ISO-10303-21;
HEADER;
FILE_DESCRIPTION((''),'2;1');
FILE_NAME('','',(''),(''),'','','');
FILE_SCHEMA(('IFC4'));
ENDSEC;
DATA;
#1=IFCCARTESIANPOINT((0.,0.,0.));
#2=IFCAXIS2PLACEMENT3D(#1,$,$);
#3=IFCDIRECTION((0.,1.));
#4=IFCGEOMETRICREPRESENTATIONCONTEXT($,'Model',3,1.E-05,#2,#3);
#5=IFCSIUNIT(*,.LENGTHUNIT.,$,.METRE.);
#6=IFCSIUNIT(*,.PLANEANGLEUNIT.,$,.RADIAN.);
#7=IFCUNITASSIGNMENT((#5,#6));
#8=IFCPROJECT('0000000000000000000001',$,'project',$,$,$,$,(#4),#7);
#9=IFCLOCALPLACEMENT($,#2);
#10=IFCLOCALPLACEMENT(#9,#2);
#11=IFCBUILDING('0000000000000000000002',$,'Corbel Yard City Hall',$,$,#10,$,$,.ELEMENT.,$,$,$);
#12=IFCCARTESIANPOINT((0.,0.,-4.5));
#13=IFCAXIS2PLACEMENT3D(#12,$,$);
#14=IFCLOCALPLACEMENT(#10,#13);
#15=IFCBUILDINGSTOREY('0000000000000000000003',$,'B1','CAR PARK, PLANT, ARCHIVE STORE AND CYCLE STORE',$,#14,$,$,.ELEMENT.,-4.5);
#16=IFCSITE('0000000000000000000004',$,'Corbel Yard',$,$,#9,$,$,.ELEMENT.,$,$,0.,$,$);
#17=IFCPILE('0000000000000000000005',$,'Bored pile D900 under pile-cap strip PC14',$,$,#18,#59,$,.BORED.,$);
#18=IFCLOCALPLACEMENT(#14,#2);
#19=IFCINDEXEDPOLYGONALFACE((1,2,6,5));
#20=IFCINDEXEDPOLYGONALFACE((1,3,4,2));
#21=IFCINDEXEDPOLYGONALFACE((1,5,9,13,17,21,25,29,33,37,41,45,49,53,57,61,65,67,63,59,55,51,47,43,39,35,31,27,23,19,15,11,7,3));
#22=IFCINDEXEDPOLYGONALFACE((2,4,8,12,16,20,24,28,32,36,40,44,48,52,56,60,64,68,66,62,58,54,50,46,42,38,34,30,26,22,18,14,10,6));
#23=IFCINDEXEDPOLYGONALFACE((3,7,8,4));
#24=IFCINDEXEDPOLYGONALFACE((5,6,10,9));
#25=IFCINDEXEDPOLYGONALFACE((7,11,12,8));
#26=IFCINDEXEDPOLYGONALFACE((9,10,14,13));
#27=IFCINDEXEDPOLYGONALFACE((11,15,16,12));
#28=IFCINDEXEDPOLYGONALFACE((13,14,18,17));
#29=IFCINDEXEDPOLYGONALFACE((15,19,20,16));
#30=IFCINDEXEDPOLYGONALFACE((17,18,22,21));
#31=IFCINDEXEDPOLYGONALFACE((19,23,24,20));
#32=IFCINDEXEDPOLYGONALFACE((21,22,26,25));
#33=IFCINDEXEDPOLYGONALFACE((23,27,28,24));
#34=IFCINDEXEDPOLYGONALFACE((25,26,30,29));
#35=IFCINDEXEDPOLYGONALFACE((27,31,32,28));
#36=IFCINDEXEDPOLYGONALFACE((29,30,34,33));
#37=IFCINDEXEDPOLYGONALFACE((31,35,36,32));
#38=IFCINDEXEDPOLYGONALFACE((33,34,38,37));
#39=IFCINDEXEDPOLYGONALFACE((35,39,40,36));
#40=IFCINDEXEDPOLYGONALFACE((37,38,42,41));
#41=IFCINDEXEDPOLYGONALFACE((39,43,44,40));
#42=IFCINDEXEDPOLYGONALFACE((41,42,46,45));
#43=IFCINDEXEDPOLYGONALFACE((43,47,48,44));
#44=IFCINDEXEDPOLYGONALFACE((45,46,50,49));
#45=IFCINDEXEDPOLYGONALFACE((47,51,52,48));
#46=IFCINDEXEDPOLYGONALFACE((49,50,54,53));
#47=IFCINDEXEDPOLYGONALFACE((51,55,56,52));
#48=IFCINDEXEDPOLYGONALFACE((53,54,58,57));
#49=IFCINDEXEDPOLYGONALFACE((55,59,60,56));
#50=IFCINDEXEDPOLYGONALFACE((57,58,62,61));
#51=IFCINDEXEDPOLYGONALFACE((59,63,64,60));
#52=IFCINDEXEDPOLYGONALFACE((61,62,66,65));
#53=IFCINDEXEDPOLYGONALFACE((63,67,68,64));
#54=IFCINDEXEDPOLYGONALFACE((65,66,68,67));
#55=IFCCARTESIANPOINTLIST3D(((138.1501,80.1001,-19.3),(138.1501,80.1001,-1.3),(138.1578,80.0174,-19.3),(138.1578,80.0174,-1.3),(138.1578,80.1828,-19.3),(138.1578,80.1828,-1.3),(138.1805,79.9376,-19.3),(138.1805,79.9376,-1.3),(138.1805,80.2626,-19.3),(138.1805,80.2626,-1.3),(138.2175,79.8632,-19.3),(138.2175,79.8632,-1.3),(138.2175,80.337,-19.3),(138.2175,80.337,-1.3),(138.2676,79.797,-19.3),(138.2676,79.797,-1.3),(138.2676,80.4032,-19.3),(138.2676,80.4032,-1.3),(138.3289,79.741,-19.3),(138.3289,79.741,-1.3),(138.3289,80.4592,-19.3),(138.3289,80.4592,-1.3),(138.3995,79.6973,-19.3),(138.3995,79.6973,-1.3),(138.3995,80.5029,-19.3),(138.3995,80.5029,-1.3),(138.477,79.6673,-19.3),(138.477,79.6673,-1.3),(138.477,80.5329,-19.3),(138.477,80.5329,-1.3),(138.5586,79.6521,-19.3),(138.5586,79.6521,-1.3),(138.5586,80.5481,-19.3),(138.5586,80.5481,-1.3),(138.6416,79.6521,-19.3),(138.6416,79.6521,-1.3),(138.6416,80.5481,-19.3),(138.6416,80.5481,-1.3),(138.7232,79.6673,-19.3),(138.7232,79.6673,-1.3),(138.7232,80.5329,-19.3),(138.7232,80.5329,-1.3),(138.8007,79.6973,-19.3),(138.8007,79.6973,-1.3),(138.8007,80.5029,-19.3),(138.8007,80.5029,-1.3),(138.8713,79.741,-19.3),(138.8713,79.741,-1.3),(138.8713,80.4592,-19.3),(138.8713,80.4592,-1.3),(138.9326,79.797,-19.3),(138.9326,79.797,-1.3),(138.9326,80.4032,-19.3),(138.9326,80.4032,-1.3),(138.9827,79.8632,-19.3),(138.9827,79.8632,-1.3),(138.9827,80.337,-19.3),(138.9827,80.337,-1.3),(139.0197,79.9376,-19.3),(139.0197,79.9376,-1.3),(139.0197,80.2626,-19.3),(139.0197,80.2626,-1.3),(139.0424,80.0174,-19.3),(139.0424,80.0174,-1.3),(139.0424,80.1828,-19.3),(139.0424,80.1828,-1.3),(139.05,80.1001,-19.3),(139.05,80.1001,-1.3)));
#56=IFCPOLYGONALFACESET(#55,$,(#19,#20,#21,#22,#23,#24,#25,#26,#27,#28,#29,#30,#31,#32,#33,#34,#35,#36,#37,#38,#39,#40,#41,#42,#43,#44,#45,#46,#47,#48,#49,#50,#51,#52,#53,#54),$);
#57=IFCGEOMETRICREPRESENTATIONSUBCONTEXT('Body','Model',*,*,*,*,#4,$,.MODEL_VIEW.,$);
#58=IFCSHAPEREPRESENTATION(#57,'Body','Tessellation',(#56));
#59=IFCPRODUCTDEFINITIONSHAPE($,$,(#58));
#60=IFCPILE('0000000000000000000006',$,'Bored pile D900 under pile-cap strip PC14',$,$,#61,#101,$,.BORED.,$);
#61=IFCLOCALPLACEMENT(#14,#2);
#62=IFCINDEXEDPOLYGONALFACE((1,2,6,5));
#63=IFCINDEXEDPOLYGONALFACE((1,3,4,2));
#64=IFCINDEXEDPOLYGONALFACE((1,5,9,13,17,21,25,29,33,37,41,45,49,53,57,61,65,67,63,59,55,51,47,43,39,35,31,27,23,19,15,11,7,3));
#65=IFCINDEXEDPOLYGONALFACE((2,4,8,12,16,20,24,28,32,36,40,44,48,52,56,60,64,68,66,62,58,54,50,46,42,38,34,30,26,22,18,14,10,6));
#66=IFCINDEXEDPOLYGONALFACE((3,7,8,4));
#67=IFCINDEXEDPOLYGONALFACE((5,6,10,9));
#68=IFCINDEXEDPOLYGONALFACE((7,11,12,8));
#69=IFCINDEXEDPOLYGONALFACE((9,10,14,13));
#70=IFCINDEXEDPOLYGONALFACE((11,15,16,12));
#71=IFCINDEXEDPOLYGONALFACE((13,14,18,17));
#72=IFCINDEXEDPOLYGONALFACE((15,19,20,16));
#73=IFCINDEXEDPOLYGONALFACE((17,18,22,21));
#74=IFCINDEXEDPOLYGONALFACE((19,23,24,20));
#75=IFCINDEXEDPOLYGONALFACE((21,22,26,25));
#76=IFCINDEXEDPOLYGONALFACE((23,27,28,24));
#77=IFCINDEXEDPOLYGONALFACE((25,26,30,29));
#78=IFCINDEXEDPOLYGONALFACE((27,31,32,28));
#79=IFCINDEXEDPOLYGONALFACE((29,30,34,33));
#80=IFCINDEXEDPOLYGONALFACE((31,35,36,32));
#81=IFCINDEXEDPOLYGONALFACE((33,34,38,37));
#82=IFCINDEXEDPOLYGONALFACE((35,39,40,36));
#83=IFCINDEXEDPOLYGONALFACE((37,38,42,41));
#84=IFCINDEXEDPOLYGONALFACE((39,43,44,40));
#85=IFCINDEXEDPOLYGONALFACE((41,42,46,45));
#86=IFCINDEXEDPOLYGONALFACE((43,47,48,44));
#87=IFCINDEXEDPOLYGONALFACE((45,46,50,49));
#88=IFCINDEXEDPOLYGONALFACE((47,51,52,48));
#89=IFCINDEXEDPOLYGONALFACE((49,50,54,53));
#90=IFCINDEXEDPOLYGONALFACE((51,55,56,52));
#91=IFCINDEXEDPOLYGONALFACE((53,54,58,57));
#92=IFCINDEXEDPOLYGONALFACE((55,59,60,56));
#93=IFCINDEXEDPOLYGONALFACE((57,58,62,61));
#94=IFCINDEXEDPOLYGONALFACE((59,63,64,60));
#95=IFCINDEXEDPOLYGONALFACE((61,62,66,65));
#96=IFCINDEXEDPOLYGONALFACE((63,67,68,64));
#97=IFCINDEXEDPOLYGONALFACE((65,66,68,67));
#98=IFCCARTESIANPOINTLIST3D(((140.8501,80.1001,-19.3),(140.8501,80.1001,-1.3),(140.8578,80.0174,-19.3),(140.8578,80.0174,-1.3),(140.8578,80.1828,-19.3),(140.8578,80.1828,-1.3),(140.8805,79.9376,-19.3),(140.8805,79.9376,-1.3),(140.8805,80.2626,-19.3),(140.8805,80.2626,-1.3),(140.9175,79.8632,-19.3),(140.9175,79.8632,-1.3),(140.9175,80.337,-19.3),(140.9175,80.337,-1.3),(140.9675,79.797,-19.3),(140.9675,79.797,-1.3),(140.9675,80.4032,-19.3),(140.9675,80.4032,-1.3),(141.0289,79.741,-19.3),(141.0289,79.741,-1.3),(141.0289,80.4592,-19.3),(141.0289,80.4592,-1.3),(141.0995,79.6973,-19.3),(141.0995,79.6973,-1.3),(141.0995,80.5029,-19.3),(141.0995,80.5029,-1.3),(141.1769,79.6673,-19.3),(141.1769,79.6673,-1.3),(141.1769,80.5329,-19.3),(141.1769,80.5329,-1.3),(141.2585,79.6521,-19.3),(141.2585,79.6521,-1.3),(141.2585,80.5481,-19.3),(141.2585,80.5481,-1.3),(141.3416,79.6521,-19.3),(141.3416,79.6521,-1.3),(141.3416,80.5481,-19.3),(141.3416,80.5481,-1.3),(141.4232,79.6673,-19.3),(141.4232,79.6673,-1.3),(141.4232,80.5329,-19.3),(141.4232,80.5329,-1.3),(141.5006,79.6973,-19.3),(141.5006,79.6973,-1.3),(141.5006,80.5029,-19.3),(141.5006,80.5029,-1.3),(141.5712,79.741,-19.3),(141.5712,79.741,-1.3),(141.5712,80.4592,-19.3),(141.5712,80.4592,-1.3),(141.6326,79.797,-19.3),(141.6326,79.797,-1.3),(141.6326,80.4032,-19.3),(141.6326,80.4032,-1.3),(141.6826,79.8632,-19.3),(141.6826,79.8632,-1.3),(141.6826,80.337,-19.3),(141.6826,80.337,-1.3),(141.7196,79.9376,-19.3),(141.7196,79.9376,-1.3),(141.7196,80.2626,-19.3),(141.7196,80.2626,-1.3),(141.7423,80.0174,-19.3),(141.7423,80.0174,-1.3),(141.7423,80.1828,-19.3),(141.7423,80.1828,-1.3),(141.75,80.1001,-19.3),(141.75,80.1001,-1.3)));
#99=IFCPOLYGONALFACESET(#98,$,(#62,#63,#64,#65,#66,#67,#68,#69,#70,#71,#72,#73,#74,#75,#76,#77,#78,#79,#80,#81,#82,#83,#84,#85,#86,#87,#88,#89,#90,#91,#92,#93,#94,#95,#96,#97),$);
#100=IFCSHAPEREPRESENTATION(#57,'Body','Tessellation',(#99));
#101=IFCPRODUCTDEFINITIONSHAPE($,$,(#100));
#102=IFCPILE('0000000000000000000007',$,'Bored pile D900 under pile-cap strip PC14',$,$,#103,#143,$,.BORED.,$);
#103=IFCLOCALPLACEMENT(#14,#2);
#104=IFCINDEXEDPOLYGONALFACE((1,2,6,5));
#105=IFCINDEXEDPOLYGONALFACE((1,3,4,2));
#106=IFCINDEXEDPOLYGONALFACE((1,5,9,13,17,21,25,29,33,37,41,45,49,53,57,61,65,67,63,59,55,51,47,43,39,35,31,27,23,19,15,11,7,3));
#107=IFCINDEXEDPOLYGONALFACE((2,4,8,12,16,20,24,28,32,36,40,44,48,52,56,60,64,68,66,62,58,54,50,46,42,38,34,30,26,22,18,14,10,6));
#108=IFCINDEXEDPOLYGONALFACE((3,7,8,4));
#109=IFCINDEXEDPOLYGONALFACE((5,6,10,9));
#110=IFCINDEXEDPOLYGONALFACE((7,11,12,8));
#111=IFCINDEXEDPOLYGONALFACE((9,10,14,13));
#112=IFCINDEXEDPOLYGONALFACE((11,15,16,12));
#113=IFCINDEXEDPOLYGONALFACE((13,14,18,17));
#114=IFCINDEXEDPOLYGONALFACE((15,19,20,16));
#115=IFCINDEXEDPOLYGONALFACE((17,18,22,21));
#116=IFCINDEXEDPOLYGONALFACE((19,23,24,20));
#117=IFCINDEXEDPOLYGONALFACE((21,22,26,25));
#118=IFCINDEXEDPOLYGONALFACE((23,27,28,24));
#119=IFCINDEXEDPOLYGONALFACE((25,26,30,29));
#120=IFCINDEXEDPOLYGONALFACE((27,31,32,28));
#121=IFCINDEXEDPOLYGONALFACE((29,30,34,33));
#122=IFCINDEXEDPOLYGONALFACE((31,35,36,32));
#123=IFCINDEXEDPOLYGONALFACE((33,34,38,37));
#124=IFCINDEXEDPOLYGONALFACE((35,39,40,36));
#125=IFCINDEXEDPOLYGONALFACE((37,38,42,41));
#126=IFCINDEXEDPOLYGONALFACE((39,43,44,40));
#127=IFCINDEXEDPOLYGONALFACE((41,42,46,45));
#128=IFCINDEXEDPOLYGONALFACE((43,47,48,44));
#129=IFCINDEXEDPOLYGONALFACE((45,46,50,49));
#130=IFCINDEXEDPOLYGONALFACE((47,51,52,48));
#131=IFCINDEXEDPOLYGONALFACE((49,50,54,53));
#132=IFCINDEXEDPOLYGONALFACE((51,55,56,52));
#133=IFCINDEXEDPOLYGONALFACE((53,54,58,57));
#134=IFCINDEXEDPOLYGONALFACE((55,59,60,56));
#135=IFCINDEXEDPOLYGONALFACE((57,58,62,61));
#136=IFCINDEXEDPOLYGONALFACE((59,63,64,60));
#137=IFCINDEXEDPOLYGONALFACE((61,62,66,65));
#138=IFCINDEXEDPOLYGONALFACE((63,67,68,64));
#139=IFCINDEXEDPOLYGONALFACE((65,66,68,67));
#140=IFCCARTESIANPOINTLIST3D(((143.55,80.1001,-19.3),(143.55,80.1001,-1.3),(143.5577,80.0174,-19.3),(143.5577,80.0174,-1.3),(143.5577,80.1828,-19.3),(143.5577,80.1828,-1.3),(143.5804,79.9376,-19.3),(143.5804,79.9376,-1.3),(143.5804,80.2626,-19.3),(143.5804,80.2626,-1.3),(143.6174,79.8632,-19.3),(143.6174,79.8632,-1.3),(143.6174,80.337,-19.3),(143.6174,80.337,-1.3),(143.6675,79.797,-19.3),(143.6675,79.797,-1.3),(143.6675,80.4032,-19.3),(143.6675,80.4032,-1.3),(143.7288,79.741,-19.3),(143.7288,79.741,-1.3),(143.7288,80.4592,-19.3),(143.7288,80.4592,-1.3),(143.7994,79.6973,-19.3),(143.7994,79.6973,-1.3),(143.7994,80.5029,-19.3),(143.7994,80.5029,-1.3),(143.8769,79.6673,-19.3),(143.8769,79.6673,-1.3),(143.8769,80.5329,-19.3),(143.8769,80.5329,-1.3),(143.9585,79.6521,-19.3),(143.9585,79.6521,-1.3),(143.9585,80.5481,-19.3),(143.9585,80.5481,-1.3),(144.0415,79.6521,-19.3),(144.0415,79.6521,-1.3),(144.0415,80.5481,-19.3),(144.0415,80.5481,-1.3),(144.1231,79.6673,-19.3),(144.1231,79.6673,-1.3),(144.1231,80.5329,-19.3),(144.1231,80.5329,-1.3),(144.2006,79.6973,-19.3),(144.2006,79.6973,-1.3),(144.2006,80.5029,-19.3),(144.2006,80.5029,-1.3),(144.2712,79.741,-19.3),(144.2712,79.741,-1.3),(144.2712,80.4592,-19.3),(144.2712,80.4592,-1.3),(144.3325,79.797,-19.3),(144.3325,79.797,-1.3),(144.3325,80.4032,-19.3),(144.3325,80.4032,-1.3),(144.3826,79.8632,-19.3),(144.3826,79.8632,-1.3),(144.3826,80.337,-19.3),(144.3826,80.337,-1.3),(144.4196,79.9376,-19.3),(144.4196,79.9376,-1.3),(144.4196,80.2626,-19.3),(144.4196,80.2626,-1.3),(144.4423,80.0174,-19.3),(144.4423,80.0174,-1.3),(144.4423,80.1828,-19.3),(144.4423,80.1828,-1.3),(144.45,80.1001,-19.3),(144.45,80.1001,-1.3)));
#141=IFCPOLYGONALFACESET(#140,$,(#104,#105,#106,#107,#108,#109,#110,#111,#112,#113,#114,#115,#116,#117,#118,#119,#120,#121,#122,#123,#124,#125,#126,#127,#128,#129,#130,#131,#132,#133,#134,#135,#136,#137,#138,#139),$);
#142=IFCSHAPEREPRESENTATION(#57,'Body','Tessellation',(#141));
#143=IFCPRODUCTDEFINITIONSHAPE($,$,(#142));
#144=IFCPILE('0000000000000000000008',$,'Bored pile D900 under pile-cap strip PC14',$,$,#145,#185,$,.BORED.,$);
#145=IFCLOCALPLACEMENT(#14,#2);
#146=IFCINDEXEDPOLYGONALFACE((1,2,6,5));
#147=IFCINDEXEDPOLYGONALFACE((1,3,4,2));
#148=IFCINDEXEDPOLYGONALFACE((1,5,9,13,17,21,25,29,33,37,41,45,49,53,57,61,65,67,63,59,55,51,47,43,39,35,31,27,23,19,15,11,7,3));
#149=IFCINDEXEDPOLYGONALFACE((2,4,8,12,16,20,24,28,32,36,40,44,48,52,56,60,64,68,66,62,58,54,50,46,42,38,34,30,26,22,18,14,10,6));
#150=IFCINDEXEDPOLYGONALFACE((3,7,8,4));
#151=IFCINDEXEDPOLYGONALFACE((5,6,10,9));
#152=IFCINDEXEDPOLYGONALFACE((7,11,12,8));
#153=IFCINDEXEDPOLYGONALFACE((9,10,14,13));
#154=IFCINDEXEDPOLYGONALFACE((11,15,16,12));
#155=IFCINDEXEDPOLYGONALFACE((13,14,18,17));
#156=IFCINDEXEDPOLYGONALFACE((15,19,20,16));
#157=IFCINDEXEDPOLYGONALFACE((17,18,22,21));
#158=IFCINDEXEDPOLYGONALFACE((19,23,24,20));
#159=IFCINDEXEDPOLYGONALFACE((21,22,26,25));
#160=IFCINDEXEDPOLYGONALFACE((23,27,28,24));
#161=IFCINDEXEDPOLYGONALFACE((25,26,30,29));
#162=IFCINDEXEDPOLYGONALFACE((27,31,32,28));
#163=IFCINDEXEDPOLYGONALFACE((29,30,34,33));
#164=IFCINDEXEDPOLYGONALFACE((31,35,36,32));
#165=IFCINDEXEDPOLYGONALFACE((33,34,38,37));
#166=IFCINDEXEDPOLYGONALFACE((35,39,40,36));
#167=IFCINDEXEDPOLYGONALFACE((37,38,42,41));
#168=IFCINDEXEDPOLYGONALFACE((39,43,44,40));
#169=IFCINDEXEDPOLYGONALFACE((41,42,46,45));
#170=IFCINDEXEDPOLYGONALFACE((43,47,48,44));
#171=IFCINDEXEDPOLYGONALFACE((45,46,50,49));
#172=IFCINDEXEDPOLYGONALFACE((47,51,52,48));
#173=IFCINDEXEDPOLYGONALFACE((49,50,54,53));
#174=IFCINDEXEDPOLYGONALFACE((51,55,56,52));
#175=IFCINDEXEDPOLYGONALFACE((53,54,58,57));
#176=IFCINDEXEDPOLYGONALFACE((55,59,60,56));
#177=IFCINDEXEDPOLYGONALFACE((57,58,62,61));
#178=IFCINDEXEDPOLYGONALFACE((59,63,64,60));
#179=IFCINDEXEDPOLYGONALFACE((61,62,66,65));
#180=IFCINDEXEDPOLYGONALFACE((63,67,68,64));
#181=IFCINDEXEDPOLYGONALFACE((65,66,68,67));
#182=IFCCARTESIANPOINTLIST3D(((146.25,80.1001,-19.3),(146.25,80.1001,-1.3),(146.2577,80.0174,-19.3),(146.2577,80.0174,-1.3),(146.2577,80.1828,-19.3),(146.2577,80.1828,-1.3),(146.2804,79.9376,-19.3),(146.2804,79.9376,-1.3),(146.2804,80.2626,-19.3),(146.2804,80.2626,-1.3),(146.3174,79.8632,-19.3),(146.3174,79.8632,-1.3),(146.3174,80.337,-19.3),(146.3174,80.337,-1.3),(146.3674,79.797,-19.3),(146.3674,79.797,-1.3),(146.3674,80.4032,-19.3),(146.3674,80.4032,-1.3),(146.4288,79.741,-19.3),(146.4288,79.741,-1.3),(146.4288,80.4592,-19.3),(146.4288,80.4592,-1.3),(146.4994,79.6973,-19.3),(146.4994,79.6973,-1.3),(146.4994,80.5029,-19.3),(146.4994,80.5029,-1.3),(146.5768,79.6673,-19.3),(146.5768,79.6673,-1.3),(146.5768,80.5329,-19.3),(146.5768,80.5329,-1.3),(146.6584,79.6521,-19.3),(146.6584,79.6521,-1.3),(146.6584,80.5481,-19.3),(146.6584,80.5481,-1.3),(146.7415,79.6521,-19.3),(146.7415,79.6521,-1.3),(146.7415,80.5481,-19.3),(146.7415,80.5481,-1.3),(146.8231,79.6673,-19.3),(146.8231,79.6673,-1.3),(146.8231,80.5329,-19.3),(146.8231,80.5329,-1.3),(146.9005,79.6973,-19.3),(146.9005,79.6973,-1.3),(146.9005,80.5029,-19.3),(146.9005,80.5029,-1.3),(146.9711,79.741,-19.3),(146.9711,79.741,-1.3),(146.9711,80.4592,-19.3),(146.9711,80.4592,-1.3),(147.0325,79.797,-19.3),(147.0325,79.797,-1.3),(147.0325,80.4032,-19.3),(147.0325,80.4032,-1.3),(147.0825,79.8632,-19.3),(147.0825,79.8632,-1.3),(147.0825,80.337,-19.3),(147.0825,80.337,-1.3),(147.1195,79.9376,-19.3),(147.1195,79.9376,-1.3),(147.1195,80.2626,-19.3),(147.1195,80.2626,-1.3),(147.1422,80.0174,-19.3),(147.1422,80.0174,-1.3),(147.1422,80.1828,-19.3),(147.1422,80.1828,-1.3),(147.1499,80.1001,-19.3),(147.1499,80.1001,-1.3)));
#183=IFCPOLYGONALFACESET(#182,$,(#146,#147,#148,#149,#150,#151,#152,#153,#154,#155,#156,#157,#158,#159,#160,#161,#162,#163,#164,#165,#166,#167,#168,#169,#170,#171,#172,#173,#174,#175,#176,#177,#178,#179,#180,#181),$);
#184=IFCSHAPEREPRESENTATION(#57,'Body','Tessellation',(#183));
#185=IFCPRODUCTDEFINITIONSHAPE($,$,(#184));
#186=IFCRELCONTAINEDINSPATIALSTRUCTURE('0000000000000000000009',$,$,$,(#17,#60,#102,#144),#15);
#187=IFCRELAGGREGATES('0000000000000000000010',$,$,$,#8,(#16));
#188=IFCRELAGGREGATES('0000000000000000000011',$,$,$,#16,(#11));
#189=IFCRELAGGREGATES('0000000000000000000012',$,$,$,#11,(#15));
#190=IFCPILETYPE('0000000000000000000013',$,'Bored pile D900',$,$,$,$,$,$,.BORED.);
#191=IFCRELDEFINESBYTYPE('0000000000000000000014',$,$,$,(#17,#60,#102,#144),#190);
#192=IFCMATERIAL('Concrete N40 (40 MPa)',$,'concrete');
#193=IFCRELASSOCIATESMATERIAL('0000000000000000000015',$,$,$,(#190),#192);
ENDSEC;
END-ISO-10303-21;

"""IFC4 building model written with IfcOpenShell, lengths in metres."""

from ifc_helpers import new_model, si_unit, direction, frame, origin, origin_2d, place, context, subcontext, project, spatial, circle, extrude, material, material_profile, profile_set, type_object, element, save


model = new_model("IFC4")

# Units and contexts
model_context = context("Model", 3, precision=1e-05, world=origin(), true_north=direction((0.0, 1.0)))
body_context = subcontext(model_context, "Body", "Model", "MODEL_VIEW")
ifc_project = project(units=[si_unit("LENGTHUNIT", "METRE"), si_unit("PLANEANGLEUNIT", "RADIAN")], contexts=[model_context])

# Site, building, storey
site_placement = place(None, origin())
site = spatial("IfcSite", under=ifc_project, at=site_placement, Name="Corbel Yard", CompositionType="ELEMENT", RefElevation=0.0)
building_placement = place(site_placement, origin())
building = spatial("IfcBuilding", under=site, at=building_placement, Name="Corbel Yard City Hall", CompositionType="ELEMENT")
storey_placement = place(building_placement, frame((0.0, 0.0, -4.5)))
storey = spatial("IfcBuildingStorey", under=building, at=storey_placement, Name="B1", Description="CAR PARK, PLANT, ARCHIVE STORE AND CYCLE STORE", CompositionType="ELEMENT", Elevation=-4.5)

# Piles
ifc_material_1 = material(Name="Concrete N40 (40 MPa)", Category="concrete")
ifc_material_profile_1 = material_profile(ifc_material_1, circle(Radius=0.45, at=origin_2d()), Name="D900")
ifc_profile_set_1 = profile_set([ifc_material_profile_1], Name="Concrete N40 (40 MPa)")
pile_type = type_object("IfcPileType", Name="Bored pile D900", PredefinedType="BORED", material=ifc_profile_set_1)
for number, where, z_axis, x_axis, name in (
    (1, (138.6001, 80.1001, -1.3), (0.0, 0.0, -1.0), (1.0, 0.0, 0.0), "Bored pile D900 under pile-cap strip PC14"),
    (2, (141.3, 80.1001, -1.3), (0.0, 0.0, -1.0), (1.0, 0.0, 0.0), "Bored pile D900 under pile-cap strip PC14"),
    (3, (144.0, 80.1001, -1.3), (0.0, 0.0, -1.0), (1.0, 0.0, 0.0), "Bored pile D900 under pile-cap strip PC14"),
    (4, (146.7, 80.1001, -1.3), (0.0, 0.0, -1.0), (1.0, 0.0, 0.0), "Bored pile D900 under pile-cap strip PC14"),
):
    element("IfcPile", number, at=place(storey_placement, frame(where, z_axis=z_axis, x_axis=x_axis)), inside=storey, type_object=pile_type, Name=name, PredefinedType="BORED", context=body_context, shape_type="SweptSolid", body=[
        extrude(circle(Radius=0.45, at=origin_2d()), origin(), (0.0, 0.0, 1.0), 18.0),
    ])

save(model, "model.ifc")
